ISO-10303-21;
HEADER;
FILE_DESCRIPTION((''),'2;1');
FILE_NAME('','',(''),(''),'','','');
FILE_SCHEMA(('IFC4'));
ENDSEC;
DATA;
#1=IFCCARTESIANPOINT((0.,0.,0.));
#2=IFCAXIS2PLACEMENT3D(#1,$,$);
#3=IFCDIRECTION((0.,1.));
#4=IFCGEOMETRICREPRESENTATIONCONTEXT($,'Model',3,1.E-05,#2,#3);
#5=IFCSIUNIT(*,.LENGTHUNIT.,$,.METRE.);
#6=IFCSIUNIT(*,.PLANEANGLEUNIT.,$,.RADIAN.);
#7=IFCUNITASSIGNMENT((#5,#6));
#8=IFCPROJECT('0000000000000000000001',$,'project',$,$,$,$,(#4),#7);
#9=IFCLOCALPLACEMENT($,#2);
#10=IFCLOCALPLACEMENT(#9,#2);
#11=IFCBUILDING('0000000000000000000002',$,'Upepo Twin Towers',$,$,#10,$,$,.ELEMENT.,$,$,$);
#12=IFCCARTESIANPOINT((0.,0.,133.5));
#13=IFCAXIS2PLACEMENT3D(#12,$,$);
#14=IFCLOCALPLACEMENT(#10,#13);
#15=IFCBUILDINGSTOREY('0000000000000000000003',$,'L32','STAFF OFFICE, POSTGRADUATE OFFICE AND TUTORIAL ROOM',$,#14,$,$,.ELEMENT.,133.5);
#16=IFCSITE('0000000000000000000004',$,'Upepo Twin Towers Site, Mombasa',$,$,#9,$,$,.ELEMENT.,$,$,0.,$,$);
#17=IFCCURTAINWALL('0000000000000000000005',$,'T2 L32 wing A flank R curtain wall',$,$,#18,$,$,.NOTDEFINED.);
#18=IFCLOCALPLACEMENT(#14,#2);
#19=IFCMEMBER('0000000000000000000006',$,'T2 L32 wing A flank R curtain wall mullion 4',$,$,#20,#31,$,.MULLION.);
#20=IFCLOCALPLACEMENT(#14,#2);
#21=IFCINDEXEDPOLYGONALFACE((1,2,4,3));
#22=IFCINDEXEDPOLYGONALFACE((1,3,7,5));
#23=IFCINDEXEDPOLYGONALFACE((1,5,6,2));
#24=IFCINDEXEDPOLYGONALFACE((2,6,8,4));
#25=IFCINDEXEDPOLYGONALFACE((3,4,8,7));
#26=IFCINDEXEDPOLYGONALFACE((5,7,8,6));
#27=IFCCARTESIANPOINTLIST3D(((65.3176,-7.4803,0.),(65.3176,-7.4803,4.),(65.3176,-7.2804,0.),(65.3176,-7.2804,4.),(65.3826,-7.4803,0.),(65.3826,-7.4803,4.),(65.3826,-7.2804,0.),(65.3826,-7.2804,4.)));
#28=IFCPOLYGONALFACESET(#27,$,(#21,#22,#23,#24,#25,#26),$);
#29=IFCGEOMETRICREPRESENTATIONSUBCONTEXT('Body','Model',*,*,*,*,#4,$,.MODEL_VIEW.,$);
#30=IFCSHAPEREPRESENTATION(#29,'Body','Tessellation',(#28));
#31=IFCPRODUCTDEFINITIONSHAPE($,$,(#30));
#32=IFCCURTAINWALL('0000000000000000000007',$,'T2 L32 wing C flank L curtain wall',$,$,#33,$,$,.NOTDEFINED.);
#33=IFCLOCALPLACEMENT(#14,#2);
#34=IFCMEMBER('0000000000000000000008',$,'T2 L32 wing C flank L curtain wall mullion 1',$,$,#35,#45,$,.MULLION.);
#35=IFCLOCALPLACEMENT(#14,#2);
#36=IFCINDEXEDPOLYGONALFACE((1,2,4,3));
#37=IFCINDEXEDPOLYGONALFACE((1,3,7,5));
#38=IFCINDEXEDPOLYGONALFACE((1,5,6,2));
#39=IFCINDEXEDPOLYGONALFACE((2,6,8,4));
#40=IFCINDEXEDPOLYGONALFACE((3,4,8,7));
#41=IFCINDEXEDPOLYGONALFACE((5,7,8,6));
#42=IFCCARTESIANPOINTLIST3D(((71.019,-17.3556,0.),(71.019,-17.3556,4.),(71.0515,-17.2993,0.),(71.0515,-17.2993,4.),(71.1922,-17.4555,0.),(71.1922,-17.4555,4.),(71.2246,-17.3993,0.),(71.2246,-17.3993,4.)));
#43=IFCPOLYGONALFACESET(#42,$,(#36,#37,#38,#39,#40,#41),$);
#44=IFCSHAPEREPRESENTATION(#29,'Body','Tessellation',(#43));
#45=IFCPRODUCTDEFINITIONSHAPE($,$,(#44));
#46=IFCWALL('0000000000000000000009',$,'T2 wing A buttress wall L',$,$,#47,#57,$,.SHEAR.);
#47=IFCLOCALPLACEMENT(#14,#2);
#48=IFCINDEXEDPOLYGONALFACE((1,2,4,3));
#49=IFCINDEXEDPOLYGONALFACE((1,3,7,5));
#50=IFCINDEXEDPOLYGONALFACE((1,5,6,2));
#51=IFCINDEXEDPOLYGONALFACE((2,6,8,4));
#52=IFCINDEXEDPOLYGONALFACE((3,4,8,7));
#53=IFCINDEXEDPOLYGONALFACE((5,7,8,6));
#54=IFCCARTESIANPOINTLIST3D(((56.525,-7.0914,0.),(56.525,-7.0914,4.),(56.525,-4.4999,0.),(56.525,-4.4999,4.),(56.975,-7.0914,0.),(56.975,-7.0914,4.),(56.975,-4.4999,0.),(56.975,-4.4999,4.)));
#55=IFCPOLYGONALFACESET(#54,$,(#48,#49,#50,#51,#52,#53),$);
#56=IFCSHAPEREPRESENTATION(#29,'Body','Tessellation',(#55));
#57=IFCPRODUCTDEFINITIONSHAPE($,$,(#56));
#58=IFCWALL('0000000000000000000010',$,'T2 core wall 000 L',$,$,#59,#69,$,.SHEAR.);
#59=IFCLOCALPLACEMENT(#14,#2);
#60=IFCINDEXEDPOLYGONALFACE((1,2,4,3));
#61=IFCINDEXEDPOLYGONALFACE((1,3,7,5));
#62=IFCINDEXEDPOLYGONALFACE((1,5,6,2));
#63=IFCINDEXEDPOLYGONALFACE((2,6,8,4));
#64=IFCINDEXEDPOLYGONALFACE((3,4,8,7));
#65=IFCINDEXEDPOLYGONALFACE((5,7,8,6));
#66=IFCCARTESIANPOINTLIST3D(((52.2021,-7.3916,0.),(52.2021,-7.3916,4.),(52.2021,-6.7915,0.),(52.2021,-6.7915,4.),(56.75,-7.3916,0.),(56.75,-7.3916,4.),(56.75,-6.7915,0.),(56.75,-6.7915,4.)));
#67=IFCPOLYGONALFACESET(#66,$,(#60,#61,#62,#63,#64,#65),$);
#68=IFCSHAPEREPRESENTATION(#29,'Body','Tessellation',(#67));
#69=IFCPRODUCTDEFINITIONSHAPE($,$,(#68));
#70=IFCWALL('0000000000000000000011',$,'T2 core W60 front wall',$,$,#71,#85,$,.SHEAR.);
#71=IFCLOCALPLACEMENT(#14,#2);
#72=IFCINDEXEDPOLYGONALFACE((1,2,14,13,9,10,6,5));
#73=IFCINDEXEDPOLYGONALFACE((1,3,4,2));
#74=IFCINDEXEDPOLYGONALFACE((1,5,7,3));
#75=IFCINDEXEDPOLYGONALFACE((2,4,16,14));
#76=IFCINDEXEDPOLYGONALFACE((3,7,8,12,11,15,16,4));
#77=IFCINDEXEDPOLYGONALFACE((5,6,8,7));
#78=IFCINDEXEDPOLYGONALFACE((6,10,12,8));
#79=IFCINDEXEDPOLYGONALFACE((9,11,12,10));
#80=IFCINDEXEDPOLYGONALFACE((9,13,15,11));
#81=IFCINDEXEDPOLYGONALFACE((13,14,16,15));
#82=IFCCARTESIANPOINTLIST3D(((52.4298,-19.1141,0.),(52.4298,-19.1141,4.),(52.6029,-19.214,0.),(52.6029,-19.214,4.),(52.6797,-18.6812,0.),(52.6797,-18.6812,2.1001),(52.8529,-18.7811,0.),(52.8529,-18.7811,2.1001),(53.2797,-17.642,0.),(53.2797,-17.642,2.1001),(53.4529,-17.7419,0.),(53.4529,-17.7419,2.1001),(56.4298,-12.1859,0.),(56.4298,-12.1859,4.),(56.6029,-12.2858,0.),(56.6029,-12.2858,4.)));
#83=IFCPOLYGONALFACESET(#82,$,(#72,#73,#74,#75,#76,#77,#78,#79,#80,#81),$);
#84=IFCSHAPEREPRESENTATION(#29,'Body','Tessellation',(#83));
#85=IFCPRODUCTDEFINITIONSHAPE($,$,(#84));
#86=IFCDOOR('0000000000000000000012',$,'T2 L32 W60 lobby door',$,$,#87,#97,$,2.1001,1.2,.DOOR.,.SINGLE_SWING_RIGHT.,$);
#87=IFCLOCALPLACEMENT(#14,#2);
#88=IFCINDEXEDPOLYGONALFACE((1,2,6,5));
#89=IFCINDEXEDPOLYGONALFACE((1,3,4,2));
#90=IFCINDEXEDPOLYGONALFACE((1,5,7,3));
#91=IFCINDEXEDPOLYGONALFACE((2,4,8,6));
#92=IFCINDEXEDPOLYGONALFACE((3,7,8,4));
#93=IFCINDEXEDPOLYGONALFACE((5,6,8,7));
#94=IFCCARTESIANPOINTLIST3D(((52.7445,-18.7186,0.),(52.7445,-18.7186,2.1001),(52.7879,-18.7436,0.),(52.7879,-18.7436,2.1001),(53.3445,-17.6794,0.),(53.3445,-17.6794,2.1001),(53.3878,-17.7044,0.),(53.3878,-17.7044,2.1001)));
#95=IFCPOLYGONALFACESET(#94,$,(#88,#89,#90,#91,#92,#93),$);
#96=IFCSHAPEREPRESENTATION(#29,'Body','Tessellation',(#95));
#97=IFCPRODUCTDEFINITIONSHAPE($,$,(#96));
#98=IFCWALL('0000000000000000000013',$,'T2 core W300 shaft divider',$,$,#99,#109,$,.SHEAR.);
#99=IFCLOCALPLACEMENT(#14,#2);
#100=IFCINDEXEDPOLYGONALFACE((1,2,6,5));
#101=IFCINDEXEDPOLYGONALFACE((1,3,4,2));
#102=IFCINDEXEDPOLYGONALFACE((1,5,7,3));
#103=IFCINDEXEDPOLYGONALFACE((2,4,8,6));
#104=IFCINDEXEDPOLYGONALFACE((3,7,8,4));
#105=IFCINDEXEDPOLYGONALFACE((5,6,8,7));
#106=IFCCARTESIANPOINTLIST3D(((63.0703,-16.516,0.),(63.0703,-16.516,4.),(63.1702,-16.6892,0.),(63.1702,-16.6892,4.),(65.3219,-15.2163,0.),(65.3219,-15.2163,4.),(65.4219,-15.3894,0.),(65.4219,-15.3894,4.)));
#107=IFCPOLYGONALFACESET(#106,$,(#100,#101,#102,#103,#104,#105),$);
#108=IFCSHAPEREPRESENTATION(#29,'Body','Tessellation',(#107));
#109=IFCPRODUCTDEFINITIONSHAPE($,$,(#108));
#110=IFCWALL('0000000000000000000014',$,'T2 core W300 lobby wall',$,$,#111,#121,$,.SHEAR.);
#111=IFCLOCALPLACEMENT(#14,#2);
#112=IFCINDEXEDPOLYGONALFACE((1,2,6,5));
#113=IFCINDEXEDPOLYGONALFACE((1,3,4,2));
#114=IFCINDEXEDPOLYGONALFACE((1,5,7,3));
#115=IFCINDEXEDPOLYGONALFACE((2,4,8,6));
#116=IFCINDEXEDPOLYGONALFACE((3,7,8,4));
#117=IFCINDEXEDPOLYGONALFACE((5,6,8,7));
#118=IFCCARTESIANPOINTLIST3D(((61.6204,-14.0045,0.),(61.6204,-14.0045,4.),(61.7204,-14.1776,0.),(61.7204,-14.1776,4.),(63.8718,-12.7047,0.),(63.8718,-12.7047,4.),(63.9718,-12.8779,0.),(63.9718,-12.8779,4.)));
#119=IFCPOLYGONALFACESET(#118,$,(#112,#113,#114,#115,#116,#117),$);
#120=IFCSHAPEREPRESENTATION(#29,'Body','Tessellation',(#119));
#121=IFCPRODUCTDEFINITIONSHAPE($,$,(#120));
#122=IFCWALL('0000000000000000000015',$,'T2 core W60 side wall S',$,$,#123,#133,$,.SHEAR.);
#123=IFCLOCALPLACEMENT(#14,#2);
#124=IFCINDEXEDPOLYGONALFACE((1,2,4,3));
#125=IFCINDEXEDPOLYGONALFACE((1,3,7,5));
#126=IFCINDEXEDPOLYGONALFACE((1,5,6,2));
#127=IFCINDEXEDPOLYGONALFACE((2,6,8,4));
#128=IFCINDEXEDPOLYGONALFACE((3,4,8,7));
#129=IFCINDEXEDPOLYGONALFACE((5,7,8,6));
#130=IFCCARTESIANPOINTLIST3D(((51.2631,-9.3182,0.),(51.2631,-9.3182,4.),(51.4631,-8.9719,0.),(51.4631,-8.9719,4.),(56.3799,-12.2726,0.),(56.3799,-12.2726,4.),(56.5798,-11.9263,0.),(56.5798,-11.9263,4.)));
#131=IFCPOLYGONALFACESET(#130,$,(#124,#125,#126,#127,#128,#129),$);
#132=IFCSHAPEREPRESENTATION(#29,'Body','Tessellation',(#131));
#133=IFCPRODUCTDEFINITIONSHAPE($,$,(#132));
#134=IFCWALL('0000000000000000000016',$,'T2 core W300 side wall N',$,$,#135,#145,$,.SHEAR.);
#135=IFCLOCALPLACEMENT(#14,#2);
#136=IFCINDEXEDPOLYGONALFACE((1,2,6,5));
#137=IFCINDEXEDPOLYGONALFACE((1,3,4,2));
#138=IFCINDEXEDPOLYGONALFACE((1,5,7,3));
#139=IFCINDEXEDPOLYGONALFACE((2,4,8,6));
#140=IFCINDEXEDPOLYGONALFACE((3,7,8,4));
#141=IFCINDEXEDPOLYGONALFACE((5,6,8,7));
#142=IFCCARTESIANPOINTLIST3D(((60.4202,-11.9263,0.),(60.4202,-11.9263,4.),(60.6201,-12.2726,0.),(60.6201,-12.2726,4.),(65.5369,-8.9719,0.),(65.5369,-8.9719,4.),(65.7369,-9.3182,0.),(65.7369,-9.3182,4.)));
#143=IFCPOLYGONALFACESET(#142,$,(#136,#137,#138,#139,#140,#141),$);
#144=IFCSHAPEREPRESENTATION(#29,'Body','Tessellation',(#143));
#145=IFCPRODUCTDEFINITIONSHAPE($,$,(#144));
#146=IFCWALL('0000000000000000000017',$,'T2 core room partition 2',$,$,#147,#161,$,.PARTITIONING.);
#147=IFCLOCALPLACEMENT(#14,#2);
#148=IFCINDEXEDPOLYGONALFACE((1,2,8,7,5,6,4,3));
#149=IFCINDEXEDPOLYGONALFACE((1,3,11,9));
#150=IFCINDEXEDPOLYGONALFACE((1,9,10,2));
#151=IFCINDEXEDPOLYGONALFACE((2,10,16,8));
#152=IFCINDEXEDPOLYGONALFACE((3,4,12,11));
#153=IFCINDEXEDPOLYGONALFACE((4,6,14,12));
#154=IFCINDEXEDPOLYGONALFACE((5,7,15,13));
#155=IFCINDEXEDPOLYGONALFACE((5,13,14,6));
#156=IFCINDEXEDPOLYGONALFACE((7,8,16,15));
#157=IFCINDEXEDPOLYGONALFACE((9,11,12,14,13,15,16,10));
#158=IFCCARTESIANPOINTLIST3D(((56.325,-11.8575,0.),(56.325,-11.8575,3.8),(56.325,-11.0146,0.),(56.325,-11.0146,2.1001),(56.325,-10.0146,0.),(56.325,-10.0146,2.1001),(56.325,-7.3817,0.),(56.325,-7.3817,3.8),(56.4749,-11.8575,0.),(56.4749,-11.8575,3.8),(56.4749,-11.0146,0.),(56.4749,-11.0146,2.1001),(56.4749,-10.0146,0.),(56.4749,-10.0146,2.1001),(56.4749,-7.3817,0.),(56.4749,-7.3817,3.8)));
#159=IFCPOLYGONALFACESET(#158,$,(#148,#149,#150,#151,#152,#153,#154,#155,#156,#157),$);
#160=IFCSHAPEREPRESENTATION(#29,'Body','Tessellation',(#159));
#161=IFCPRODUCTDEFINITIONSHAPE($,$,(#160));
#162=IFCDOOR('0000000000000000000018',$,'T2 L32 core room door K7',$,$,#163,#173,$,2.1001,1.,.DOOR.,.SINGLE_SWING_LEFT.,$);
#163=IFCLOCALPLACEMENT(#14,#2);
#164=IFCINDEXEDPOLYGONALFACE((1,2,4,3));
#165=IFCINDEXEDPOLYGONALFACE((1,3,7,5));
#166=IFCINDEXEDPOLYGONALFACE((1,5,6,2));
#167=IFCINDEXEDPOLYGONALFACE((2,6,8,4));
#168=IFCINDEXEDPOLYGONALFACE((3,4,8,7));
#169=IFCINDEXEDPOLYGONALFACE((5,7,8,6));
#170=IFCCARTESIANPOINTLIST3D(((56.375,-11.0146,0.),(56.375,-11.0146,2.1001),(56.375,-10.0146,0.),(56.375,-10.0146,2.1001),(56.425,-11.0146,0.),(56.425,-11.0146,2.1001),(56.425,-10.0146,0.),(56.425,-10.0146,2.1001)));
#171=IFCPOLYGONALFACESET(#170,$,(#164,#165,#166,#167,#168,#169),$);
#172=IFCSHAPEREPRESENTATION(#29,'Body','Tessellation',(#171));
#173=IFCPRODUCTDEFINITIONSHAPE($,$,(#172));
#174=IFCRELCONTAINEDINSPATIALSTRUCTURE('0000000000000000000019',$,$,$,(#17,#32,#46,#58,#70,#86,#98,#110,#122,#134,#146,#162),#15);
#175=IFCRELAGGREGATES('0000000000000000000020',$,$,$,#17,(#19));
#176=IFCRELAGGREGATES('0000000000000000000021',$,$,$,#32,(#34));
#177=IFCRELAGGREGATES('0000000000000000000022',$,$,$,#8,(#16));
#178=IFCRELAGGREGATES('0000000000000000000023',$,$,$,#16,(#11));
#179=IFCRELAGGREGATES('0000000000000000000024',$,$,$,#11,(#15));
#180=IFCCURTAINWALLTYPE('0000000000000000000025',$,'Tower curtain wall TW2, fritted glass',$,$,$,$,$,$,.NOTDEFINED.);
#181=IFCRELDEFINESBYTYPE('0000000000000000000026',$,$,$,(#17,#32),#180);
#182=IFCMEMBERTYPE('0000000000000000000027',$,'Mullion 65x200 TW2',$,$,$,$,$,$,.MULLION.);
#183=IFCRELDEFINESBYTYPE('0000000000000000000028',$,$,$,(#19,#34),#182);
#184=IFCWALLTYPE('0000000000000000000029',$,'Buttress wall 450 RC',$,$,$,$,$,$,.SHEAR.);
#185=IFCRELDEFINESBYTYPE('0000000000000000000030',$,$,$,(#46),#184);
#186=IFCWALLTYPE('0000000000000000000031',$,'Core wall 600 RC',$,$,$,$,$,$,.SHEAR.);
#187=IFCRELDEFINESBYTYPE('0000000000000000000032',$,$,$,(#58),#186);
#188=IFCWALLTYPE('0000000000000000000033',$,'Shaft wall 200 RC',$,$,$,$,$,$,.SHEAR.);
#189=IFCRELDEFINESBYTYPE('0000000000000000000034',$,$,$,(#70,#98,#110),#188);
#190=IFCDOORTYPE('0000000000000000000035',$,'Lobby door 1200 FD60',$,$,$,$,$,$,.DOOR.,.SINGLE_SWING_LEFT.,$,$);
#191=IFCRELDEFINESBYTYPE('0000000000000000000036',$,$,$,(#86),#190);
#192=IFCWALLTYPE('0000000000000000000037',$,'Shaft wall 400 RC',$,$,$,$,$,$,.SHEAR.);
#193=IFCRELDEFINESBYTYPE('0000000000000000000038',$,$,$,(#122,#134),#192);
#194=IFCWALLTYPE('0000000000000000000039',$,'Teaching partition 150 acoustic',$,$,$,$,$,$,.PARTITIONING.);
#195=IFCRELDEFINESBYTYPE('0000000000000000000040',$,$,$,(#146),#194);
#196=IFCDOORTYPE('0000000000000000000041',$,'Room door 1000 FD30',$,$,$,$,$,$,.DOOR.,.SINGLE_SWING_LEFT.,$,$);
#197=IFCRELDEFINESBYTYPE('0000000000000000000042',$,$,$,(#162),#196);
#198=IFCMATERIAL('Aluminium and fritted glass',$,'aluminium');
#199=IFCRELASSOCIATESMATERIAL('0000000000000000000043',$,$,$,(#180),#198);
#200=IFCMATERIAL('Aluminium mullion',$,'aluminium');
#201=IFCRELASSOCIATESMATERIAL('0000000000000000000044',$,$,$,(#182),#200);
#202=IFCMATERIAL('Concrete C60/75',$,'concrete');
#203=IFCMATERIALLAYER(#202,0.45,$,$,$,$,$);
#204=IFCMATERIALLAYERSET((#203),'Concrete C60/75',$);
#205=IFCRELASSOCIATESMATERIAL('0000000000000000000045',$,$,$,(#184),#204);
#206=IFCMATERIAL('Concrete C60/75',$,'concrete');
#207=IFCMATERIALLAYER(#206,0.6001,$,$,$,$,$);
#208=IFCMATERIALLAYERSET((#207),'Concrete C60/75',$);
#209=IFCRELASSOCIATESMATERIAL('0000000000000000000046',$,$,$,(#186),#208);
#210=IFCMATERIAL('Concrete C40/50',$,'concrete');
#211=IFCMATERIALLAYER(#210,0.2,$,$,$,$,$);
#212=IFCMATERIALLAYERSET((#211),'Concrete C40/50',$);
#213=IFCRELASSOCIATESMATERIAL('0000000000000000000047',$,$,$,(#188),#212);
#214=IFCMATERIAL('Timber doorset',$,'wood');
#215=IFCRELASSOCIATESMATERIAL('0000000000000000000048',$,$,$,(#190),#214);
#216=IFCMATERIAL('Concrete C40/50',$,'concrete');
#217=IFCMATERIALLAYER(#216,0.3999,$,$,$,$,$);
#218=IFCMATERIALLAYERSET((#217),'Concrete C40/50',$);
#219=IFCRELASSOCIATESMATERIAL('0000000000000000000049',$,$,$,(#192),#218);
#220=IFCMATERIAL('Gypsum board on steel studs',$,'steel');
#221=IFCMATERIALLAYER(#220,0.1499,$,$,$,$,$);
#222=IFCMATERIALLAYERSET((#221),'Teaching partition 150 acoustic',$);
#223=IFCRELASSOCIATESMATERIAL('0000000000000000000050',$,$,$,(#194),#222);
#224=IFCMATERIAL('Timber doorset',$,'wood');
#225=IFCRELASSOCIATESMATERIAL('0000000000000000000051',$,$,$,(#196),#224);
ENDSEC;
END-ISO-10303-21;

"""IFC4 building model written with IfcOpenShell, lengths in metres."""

from ifc_helpers import new_model, si_unit, direction, frame, frame_2d, origin, origin_2d, place, context, subcontext, project, spatial, rectangle, extrude, material, layer, layer_set, material_profile, profile_set, type_object, element, fill, aggregate, save


model = new_model("IFC4")

# Units and contexts
model_context = context("Model", 3, precision=1e-05, world=origin(), true_north=direction((0.0, 1.0)))
body_context = subcontext(model_context, "Body", "Model", "MODEL_VIEW")
ifc_project = project(units=[si_unit("LENGTHUNIT", "METRE"), si_unit("PLANEANGLEUNIT", "RADIAN")], contexts=[model_context])

# Site, building, storey
site_placement = place(None, origin())
site = spatial("IfcSite", under=ifc_project, at=site_placement, Name="Upepo Twin Towers Site, Mombasa", CompositionType="ELEMENT", RefElevation=0.0)
building_placement = place(site_placement, origin())
building = spatial("IfcBuilding", under=site, at=building_placement, Name="Upepo Twin Towers", CompositionType="ELEMENT")
storey_placement = place(building_placement, frame((0.0, 0.0, 133.5)))
storey = spatial("IfcBuildingStorey", under=building, at=storey_placement, Name="L32", Description="STAFF OFFICE, POSTGRADUATE OFFICE AND TUTORIAL ROOM", CompositionType="ELEMENT", Elevation=133.5)

# Curtain walls, members
ifc_material_1 = material(Name="Aluminium and fritted glass", Category="aluminium")
curtain_wall_type = type_object("IfcCurtainWallType", Name="Tower curtain wall TW2, fritted glass", PredefinedType="NOTDEFINED", material=ifc_material_1)
curtain_wall_1_placement = place(storey_placement, origin())
curtain_wall_1 = element("IfcCurtainWall", 1, at=curtain_wall_1_placement, inside=storey, type_object=curtain_wall_type, Name="T2 L32 wing A flank R curtain wall", PredefinedType="NOTDEFINED")
ifc_material_2 = material(Name="Aluminium mullion", Category="aluminium")
ifc_material_profile = material_profile(ifc_material_2, rectangle(XDim=0.0649, YDim=0.2, at=origin_2d()), Name="MULLION 65x200")
ifc_profile_set = profile_set([ifc_material_profile], Name="Aluminium mullion")
member_type = type_object("IfcMemberType", Name="Mullion 65x200 TW2", PredefinedType="MULLION", material=ifc_profile_set)
member_1_placement = place(storey_placement, frame((65.3501, -7.3804, 0.0), z_axis=(0.0, 0.0, 1.0), x_axis=(1.0, 0.0, 0.0)))
member_1 = element("IfcMember", 2, at=member_1_placement, type_object=member_type, Name="T2 L32 wing A flank R curtain wall mullion 4", PredefinedType="MULLION", context=body_context, shape_type="SweptSolid", body=[
    extrude(rectangle(XDim=0.0649, YDim=0.2, at=origin_2d()), origin(), (0.0, 0.0, 1.0), 4.0),
])
aggregate(curtain_wall_1, [member_1])
curtain_wall_2_placement = place(storey_placement, origin())
curtain_wall_2 = element("IfcCurtainWall", 3, at=curtain_wall_2_placement, inside=storey, type_object=curtain_wall_type, Name="T2 L32 wing C flank L curtain wall", PredefinedType="NOTDEFINED")
member_2_placement = place(storey_placement, frame((71.1218, -17.3774, 0.0), z_axis=(0.0, 0.0, 1.0), x_axis=(0.5, 0.866025, 0.0)))
member_2 = element("IfcMember", 4, at=member_2_placement, type_object=member_type, Name="T2 L32 wing C flank L curtain wall mullion 1", PredefinedType="MULLION", context=body_context, shape_type="SweptSolid", body=[
    extrude(rectangle(XDim=0.0649, YDim=0.2, at=origin_2d()), origin(), (0.0, 0.0, 1.0), 4.0),
])
aggregate(curtain_wall_2, [member_2])

# Walls
ifc_material_3 = material(Name="Concrete C60/75", Category="concrete")
ifc_layer_1 = layer(ifc_material_3, 0.45)
ifc_layer_set_1 = layer_set([ifc_layer_1], Name="Concrete C60/75")
wall_type_1 = type_object("IfcWallType", Name="Buttress wall 450 RC", PredefinedType="SHEAR", material=ifc_layer_set_1)
wall_1_placement = place(storey_placement, frame((56.75, -7.0916, 0.0), z_axis=(0.0, 0.0, 1.0), x_axis=(0.0, 1.0, 0.0)))
element("IfcWall", 5, at=wall_1_placement, inside=storey, type_object=wall_type_1, Name="T2 wing A buttress wall L", PredefinedType="SHEAR", context=body_context, shape_type="SweptSolid", body=[
    extrude(rectangle(XDim=2.5916, YDim=0.45, at=frame_2d((1.2959, 0.0))), origin(), (0.0, 0.0, 1.0), 4.0),
])
ifc_material_4 = material(Name="Concrete C60/75", Category="concrete")
ifc_layer_2 = layer(ifc_material_4, 0.6001)
ifc_layer_set_2 = layer_set([ifc_layer_2], Name="Concrete C60/75")
wall_type_2 = type_object("IfcWallType", Name="Core wall 600 RC", PredefinedType="SHEAR", material=ifc_layer_set_2)
wall_2_placement = place(storey_placement, frame((56.75, -7.0916, 0.0), z_axis=(0.0, 0.0, 1.0), x_axis=(-1.0, 0.0, 0.0)))
element("IfcWall", 6, at=wall_2_placement, inside=storey, type_object=wall_type_2, Name="T2 core wall 000 L", PredefinedType="SHEAR", context=body_context, shape_type="SweptSolid", body=[
    extrude(rectangle(XDim=4.5479, YDim=0.6001, at=frame_2d((2.2739, 0.0))), origin(), (0.0, 0.0, 1.0), 4.0),
])

# Wall, opening, door
ifc_material_5 = material(Name="Concrete C40/50", Category="concrete")
ifc_layer_3 = layer(ifc_material_5, 0.2)
ifc_layer_set_3 = layer_set([ifc_layer_3], Name="Concrete C40/50")
wall_type_3 = type_object("IfcWallType", Name="Shaft wall 200 RC", PredefinedType="SHEAR", material=ifc_layer_set_3)
wall_3_placement = place(storey_placement, frame((56.5164, -12.2358, 0.0), z_axis=(0.0, 0.0, 1.0), x_axis=(-0.499999, -0.866026, 0.0)))
wall_3 = element("IfcWall", 7, at=wall_3_placement, inside=storey, type_object=wall_type_3, Name="T2 core W60 front wall", PredefinedType="SHEAR", context=body_context, shape_type="SweptSolid", body=[
    extrude(rectangle(XDim=8.0, YDim=0.2, at=frame_2d((4.0, 0.0))), origin(), (0.0, 0.0, 1.0), 4.0),
])
opening_1_placement = place(wall_3_placement, frame((6.3, 0.0, 0.0)))
opening_1 = element("IfcOpeningElement", 8, at=opening_1_placement, cuts=wall_3, PredefinedType="OPENING", context=body_context, shape_type="SweptSolid", body=[
    extrude(rectangle(XDim=1.2, YDim=2.1001, at=frame_2d((0.6001, 1.05))), frame((0.0, 0.1099, 0.0), z_axis=(0.0, -1.0, 0.0), x_axis=(1.0, 0.0, 0.0)), (0.0, 0.0, 1.0), 0.22),
])
ifc_material_6 = material(Name="Timber doorset", Category="wood")
door_type_1 = type_object("IfcDoorType", Name="Lobby door 1200 FD60", OperationType="SINGLE_SWING_LEFT", PredefinedType="DOOR", material=ifc_material_6)
door_1_placement = place(opening_1_placement, origin())
door_1 = element("IfcDoor", 9, at=door_1_placement, inside=storey, type_object=door_type_1, Name="T2 L32 W60 lobby door", OperationType="SINGLE_SWING_RIGHT", OverallHeight=2.1001, OverallWidth=1.2, PredefinedType="DOOR", context=body_context, shape_type="SweptSolid", body=[
    extrude(rectangle(XDim=1.2, YDim=2.1001, at=frame_2d((0.6001, 1.05))), frame((0.0, 0.0249, 0.0), z_axis=(0.0, -1.0, 0.0), x_axis=(1.0, 0.0, 0.0)), (0.0, 0.0, 1.0), 0.05),
])
fill(opening_1, door_1)

# Walls
wall_4_placement = place(storey_placement, frame((63.1204, -16.6025, 0.0), z_axis=(0.0, 0.0, 1.0), x_axis=(0.866062, 0.499937, 0.0)))
element("IfcWall", 10, at=wall_4_placement, inside=storey, type_object=wall_type_3, Name="T2 core W300 shaft divider", PredefinedType="SHEAR", context=body_context, shape_type="SweptSolid", body=[
    extrude(rectangle(XDim=2.5999, YDim=0.2, at=frame_2d((1.2998, 0.0))), origin(), (0.0, 0.0, 1.0), 4.0),
])
wall_5_placement = place(storey_placement, frame((61.6704, -14.0911, 0.0), z_axis=(0.0, 0.0, 1.0), x_axis=(0.866039, 0.499977, 0.0)))
element("IfcWall", 11, at=wall_5_placement, inside=storey, type_object=wall_type_3, Name="T2 core W300 lobby wall", PredefinedType="SHEAR", context=body_context, shape_type="SweptSolid", body=[
    extrude(rectangle(XDim=2.5996, YDim=0.2, at=frame_2d((1.2998, 0.0))), origin(), (0.0, 0.0, 1.0), 4.0),
])
ifc_material_7 = material(Name="Concrete C40/50", Category="concrete")
ifc_layer_4 = layer(ifc_material_7, 0.3999)
ifc_layer_set_4 = layer_set([ifc_layer_4], Name="Concrete C40/50")
wall_type_4 = type_object("IfcWallType", Name="Shaft wall 400 RC", PredefinedType="SHEAR", material=ifc_layer_set_4)
for number, where, z_axis, x_axis, name in (
    (12, (56.4797, -12.0994, 0.0), (0.0, 0.0, 1.0), (-0.866009, 0.500028, 0.0), "T2 core W60 side wall S"),
    (13, (60.5203, -12.0994, 0.0), (0.0, 0.0, 1.0), (0.866009, 0.500028, 0.0), "T2 core W300 side wall N"),
):
    element("IfcWall", number, at=place(storey_placement, frame(where, z_axis=z_axis, x_axis=x_axis)), inside=storey, type_object=wall_type_4, Name=name, PredefinedType="SHEAR", context=body_context, shape_type="SweptSolid", body=[
        extrude(rectangle(XDim=5.9084, YDim=0.3999, at=frame_2d((2.9541, 0.0))), origin(), (0.0, 0.0, 1.0), 4.0),
    ])

# Wall, opening, door
ifc_material_8 = material(Name="Gypsum board on steel studs", Category="steel")
ifc_layer_5 = layer(ifc_material_8, 0.1499)
ifc_layer_set_5 = layer_set([ifc_layer_5], Name="Teaching partition 150 acoustic")
wall_type_5 = type_object("IfcWallType", Name="Teaching partition 150 acoustic", PredefinedType="PARTITIONING", material=ifc_layer_set_5)
wall_6_placement = place(storey_placement, frame((56.3999, -11.8574, 0.0), z_axis=(0.0, 0.0, 1.0), x_axis=(0.0, 1.0, 0.0)))
wall_6 = element("IfcWall", 14, at=wall_6_placement, inside=storey, type_object=wall_type_5, Name="T2 core room partition 2", PredefinedType="PARTITIONING", context=body_context, shape_type="SweptSolid", body=[
    extrude(rectangle(XDim=4.4758, YDim=0.1499, at=frame_2d((2.2378, 0.0))), origin(), (0.0, 0.0, 1.0), 3.8),
])
opening_2_placement = place(wall_6_placement, frame((0.8428, 0.0, 0.0)))
opening_2 = element("IfcOpeningElement", 15, at=opening_2_placement, cuts=wall_6, PredefinedType="OPENING", context=body_context, shape_type="SweptSolid", body=[
    extrude(rectangle(XDim=1.0, YDim=2.1001, at=frame_2d((0.5, 1.05))), frame((0.0, 0.085, 0.0), z_axis=(0.0, -1.0, 0.0), x_axis=(1.0, 0.0, 0.0)), (0.0, 0.0, 1.0), 0.1699),
])
ifc_material_9 = material(Name="Timber doorset", Category="wood")
door_type_2 = type_object("IfcDoorType", Name="Room door 1000 FD30", OperationType="SINGLE_SWING_LEFT", PredefinedType="DOOR", material=ifc_material_9)
door_2_placement = place(opening_2_placement, origin())
door_2 = element("IfcDoor", 16, at=door_2_placement, inside=storey, type_object=door_type_2, Name="T2 L32 core room door K7", OperationType="SINGLE_SWING_LEFT", OverallHeight=2.1001, OverallWidth=1.0, PredefinedType="DOOR", context=body_context, shape_type="SweptSolid", body=[
    extrude(rectangle(XDim=1.0, YDim=2.1001, at=frame_2d((0.5, 1.05))), frame((0.0, 0.0249, 0.0), z_axis=(0.0, -1.0, 0.0), x_axis=(1.0, 0.0, 0.0)), (0.0, 0.0, 1.0), 0.05),
])
fill(opening_2, door_2)

save(model, "model.ifc")
